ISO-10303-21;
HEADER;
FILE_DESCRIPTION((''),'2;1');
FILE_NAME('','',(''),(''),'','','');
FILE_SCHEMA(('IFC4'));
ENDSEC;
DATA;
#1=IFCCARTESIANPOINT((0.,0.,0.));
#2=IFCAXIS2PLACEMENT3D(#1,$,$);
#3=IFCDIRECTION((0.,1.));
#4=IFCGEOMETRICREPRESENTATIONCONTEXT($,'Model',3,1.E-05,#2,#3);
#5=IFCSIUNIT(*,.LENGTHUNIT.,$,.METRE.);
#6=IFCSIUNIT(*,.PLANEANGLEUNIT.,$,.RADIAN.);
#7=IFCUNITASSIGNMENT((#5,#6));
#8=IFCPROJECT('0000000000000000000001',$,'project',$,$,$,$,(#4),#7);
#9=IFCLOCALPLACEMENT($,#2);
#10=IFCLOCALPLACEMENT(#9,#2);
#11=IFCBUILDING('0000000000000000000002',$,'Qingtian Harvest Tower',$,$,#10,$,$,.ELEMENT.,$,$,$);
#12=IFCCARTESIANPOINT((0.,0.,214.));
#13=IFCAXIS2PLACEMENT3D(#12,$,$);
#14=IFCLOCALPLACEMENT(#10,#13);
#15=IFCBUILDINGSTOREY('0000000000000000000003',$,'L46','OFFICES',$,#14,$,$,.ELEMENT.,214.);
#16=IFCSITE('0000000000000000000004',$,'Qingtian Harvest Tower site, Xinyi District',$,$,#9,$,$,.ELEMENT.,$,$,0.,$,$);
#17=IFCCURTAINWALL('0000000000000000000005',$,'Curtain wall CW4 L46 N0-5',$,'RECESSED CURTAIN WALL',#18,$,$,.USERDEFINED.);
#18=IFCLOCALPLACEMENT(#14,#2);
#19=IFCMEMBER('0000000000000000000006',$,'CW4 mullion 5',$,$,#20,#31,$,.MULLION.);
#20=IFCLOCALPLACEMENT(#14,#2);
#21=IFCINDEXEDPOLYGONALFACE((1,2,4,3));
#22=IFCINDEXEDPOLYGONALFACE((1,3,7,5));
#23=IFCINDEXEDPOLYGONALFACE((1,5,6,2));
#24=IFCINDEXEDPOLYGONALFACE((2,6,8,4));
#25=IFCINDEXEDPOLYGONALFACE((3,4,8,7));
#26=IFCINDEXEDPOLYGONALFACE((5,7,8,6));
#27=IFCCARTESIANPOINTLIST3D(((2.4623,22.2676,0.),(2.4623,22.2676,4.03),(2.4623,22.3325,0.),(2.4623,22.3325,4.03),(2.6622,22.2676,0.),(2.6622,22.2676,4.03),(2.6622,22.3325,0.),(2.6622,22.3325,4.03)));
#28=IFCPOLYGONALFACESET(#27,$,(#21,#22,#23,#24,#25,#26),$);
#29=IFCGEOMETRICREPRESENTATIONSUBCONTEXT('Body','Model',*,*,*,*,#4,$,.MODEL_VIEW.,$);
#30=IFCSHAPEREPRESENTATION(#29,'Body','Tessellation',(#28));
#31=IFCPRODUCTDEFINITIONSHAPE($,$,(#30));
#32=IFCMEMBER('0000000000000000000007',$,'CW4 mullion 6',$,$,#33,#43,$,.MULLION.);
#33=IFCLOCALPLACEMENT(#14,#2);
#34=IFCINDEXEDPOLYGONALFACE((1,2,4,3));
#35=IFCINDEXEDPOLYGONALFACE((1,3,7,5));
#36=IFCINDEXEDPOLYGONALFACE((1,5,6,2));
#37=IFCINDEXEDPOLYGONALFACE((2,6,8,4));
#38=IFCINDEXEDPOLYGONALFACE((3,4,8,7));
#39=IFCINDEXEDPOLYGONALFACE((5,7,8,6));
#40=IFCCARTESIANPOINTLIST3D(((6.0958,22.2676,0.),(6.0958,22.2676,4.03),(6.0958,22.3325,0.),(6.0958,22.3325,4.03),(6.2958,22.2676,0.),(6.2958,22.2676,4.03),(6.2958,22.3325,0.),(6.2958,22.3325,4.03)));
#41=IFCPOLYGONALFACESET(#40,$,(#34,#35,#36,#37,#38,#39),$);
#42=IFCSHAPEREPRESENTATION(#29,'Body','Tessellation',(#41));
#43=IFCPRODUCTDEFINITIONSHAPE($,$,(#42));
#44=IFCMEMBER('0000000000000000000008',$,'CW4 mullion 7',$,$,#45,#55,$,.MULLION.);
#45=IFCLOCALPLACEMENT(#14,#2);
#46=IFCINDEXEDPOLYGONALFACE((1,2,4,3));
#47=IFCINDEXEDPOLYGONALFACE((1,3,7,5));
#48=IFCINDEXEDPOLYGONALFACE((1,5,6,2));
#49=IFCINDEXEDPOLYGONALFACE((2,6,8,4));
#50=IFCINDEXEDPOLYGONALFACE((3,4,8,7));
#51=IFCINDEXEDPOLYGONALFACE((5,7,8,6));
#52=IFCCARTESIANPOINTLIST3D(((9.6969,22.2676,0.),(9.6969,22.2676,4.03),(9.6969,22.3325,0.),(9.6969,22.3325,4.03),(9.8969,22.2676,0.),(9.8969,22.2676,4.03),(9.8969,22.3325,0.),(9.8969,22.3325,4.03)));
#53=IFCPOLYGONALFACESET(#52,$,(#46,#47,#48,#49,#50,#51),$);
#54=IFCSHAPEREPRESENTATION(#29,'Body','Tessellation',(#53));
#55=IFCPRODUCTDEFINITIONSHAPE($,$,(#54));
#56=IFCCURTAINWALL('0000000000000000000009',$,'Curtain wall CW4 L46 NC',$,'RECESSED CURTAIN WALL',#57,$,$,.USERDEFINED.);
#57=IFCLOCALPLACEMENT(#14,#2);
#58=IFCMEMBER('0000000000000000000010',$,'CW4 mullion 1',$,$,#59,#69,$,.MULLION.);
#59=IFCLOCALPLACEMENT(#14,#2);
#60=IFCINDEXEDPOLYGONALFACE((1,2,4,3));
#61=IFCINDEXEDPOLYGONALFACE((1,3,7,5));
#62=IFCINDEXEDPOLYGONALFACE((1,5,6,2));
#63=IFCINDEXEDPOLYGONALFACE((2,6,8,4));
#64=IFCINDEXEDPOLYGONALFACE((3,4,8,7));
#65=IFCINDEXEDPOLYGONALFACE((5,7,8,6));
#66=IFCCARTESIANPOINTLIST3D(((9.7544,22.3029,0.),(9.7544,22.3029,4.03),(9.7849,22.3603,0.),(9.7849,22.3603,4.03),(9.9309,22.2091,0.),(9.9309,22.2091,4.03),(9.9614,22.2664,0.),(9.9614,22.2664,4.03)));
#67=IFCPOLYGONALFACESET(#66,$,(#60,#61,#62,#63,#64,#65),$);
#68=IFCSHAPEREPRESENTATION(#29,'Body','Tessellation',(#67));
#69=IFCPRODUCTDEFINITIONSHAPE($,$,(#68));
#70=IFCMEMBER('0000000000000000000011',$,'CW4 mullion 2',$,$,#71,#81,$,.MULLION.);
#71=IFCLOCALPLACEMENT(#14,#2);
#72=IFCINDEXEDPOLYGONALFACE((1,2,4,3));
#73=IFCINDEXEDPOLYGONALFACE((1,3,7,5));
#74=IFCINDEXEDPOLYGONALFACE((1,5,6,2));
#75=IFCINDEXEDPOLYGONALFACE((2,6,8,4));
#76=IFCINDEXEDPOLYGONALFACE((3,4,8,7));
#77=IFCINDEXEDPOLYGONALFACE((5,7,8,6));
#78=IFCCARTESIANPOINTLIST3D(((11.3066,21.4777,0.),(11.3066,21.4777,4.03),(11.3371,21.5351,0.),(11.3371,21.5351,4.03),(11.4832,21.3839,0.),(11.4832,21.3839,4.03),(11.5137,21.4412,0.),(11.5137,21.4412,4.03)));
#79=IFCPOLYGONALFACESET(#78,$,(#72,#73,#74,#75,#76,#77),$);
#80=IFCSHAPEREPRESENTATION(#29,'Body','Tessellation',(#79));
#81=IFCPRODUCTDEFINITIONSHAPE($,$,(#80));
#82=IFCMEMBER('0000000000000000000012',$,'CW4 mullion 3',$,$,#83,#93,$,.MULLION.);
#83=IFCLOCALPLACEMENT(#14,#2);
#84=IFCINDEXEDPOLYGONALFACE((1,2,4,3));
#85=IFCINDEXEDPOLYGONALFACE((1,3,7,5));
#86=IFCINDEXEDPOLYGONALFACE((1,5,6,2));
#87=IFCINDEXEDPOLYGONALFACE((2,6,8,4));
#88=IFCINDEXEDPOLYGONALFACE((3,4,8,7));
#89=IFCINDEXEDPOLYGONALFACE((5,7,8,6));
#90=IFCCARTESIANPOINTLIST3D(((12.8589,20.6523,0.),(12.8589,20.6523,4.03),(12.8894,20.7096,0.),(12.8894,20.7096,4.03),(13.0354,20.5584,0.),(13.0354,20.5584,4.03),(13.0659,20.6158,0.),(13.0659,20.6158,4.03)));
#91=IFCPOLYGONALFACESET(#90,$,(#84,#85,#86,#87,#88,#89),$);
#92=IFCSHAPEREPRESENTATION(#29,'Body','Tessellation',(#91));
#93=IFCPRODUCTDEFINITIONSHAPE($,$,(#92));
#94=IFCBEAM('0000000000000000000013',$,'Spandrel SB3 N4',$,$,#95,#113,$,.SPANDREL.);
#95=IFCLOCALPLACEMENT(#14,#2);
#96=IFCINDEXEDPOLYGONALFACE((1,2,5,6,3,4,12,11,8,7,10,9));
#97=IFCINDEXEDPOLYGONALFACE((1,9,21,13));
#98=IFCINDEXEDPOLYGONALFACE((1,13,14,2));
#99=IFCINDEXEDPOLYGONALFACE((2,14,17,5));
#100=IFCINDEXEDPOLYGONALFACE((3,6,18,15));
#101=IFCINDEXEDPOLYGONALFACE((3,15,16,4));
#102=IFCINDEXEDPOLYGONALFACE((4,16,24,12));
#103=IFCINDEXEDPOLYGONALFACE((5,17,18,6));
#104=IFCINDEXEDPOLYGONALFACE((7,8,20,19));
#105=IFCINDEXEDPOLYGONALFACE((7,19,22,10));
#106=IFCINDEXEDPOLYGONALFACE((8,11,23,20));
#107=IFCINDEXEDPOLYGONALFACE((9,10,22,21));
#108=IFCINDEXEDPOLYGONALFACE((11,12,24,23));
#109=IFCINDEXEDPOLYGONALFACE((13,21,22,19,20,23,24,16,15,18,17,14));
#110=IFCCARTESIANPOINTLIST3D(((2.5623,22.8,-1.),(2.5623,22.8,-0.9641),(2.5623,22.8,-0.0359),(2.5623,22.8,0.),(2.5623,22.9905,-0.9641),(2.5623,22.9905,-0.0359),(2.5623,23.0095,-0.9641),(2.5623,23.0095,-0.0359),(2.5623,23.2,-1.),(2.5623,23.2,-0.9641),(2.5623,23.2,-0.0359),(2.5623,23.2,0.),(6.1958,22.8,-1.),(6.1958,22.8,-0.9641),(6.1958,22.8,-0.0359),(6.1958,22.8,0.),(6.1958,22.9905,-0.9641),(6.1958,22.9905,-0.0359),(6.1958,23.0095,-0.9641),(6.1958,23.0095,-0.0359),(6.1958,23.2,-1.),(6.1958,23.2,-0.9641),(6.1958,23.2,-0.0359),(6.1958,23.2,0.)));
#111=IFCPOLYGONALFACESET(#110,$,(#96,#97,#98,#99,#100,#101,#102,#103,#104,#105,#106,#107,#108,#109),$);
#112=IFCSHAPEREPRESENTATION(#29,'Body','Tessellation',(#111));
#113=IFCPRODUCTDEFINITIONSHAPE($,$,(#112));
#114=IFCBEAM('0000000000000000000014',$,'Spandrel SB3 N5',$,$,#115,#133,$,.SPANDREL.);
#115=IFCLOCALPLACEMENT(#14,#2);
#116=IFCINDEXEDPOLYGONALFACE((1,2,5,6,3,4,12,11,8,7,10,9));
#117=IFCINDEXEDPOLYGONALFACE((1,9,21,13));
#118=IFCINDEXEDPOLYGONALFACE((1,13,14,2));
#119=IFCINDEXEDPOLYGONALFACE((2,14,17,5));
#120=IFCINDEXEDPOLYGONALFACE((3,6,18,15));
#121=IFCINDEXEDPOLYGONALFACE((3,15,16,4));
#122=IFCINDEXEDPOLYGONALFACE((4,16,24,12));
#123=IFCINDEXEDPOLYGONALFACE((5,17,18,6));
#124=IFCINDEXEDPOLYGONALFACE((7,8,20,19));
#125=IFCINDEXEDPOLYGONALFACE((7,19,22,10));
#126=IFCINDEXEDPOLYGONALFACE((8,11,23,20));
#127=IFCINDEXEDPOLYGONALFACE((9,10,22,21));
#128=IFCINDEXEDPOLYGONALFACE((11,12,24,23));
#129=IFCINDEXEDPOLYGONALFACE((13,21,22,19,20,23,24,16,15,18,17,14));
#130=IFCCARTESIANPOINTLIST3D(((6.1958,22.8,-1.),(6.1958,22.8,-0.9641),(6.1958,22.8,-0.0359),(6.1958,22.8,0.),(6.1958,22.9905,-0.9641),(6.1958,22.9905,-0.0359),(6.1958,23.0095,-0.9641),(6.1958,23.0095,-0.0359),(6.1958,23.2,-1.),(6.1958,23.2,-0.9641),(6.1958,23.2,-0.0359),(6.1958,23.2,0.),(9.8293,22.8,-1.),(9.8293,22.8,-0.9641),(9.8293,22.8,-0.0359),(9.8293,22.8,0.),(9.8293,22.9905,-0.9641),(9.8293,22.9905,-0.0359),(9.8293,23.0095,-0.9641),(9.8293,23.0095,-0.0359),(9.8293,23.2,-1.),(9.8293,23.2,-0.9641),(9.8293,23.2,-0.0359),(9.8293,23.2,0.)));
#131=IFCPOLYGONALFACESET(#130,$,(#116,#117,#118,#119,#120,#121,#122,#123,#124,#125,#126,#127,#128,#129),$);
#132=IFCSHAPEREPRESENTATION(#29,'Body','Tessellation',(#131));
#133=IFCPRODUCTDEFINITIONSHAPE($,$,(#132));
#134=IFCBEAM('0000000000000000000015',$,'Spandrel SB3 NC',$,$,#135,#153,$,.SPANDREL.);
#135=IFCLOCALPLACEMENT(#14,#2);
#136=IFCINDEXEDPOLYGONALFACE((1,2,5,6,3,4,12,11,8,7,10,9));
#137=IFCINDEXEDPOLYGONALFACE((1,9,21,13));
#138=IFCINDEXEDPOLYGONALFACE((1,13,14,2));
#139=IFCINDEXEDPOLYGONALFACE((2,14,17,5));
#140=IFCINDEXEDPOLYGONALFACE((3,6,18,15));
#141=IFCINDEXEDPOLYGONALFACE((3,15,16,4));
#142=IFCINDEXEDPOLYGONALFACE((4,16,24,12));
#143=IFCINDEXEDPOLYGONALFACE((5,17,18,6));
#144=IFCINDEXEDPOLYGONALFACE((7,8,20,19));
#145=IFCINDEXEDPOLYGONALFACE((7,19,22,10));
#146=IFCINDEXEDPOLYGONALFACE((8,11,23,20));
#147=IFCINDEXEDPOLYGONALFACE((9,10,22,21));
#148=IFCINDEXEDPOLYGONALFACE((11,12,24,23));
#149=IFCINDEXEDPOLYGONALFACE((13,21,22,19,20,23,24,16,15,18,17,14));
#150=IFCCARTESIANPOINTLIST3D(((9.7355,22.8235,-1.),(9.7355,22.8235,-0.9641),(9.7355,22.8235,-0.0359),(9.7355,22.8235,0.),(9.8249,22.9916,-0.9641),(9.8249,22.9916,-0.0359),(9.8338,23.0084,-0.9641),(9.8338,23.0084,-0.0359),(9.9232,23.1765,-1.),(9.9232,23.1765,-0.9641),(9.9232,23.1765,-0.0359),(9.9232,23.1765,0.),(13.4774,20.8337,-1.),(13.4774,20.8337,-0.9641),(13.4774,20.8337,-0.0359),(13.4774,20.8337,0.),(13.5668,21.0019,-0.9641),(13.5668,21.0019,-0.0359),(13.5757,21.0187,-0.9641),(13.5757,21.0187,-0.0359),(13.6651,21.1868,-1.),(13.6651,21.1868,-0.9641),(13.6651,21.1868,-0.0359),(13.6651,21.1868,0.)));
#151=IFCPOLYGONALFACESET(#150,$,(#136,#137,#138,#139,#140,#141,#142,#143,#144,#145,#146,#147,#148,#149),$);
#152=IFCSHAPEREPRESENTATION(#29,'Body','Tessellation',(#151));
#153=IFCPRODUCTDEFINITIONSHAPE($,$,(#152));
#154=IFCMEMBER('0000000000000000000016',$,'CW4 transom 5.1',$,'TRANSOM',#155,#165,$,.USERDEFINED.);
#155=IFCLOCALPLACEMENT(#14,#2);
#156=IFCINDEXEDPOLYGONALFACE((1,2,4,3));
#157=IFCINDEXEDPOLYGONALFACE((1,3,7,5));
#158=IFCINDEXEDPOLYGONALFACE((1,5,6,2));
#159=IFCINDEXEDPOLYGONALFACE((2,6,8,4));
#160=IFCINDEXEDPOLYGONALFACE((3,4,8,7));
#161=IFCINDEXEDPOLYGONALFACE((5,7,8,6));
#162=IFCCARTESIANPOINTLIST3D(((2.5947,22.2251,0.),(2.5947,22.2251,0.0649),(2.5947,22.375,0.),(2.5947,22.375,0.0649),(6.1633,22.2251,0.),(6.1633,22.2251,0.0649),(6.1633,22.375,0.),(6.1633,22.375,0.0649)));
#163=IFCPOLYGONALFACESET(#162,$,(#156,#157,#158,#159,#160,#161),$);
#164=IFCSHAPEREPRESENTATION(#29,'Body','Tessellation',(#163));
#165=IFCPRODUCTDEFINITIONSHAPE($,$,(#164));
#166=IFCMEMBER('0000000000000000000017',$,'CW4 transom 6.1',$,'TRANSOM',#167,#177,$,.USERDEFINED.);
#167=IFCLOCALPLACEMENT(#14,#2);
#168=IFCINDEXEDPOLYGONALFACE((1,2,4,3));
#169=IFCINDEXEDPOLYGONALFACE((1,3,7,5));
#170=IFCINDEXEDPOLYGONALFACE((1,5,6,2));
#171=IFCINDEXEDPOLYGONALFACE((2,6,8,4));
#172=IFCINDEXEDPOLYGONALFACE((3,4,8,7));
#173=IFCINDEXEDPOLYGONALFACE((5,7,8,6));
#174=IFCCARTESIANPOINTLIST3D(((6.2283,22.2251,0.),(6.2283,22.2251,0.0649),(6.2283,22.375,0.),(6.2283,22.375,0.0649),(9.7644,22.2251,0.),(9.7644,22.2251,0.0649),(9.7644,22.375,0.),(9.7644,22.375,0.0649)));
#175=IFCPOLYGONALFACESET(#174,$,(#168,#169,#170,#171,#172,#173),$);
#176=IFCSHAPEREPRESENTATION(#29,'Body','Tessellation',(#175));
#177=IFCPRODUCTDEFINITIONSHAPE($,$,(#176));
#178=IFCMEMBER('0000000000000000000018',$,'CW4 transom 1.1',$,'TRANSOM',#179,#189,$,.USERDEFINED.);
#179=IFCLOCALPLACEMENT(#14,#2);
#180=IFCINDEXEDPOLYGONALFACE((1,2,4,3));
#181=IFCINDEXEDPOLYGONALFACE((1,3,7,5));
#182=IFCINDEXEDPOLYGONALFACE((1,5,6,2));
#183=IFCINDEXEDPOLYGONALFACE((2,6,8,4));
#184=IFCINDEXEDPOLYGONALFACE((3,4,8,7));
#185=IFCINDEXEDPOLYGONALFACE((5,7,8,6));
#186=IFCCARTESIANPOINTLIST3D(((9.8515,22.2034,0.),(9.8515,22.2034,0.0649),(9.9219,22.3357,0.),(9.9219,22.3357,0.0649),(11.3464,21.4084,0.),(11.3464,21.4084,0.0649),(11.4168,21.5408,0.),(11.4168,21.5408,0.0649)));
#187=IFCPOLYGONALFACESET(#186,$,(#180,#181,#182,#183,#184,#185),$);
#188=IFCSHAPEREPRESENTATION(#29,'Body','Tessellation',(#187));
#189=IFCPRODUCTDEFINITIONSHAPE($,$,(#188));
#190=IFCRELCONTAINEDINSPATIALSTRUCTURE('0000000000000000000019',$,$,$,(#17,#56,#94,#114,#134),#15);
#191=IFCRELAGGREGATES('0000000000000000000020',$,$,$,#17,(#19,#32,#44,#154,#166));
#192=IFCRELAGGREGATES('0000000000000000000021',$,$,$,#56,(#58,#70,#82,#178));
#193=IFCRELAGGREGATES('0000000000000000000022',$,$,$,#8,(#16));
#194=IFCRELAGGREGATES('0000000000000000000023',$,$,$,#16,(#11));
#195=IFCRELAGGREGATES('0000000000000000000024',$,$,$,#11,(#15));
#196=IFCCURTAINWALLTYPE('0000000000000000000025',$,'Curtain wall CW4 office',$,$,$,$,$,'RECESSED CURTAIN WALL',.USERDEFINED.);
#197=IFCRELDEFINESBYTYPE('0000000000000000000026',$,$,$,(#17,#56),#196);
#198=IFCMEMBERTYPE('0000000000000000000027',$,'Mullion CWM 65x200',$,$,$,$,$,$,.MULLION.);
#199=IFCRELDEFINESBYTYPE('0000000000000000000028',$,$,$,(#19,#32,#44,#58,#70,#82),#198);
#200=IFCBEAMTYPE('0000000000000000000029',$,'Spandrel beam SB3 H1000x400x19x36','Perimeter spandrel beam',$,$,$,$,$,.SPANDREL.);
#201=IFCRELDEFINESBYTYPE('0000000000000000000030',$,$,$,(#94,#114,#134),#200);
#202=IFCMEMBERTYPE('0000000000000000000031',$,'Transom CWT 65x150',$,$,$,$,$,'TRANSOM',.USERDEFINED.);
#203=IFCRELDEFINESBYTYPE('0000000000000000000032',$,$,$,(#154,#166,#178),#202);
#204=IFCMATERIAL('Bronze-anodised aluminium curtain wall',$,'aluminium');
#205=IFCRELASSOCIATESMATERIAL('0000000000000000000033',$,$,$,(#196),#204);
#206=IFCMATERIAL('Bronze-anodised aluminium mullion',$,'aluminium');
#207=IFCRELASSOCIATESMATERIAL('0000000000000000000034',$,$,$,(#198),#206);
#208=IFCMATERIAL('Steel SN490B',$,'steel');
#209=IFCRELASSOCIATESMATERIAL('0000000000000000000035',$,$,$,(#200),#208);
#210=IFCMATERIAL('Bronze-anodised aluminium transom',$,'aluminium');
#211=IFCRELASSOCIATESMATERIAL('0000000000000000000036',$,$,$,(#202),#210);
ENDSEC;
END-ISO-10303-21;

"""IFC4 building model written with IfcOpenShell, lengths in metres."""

from ifc_helpers import new_model, si_unit, direction, frame, origin, origin_2d, place, context, subcontext, project, spatial, rectangle, i_section, extrude, material, material_profile, profile_set, type_object, element, aggregate, save


model = new_model("IFC4")

# Units and contexts
model_context = context("Model", 3, precision=1e-05, world=origin(), true_north=direction((0.0, 1.0)))
body_context = subcontext(model_context, "Body", "Model", "MODEL_VIEW")
ifc_project = project(units=[si_unit("LENGTHUNIT", "METRE"), si_unit("PLANEANGLEUNIT", "RADIAN")], contexts=[model_context])

# Site, building, storey
site_placement = place(None, origin())
site = spatial("IfcSite", under=ifc_project, at=site_placement, Name="Qingtian Harvest Tower site, Xinyi District", CompositionType="ELEMENT", RefElevation=0.0)
building_placement = place(site_placement, origin())
building = spatial("IfcBuilding", under=site, at=building_placement, Name="Qingtian Harvest Tower", CompositionType="ELEMENT")
storey_placement = place(building_placement, frame((0.0, 0.0, 214.0)))
storey = spatial("IfcBuildingStorey", under=building, at=storey_placement, Name="L46", Description="OFFICES", CompositionType="ELEMENT", Elevation=214.0)

# Curtain walls, members
ifc_material_1 = material(Name="Bronze-anodised aluminium curtain wall", Category="aluminium")
curtain_wall_type = type_object("IfcCurtainWallType", Name="Curtain wall CW4 office", ElementType="RECESSED CURTAIN WALL", PredefinedType="USERDEFINED", material=ifc_material_1)
curtain_wall_1_placement = place(storey_placement, origin())
curtain_wall_1 = element("IfcCurtainWall", 1, at=curtain_wall_1_placement, inside=storey, type_object=curtain_wall_type, Name="Curtain wall CW4 L46 N0-5", ObjectType="RECESSED CURTAIN WALL", PredefinedType="USERDEFINED")
ifc_material_2 = material(Name="Bronze-anodised aluminium mullion", Category="aluminium")
ifc_material_profile_1 = material_profile(ifc_material_2, rectangle(XDim=0.0649, YDim=0.2, at=origin_2d()), Name="AL 65x200")
ifc_profile_set_1 = profile_set([ifc_material_profile_1], Name="Bronze-anodised aluminium mullion")
member_type_1 = type_object("IfcMemberType", Name="Mullion CWM 65x200", PredefinedType="MULLION", material=ifc_profile_set_1)
member_1_placement = place(storey_placement, frame((2.5623, 22.3, 0.0), z_axis=(0.0, 0.0, 1.0), x_axis=(0.0, 1.0, 0.0)))
member_1 = element("IfcMember", 2, at=member_1_placement, type_object=member_type_1, Name="CW4 mullion 5", PredefinedType="MULLION", context=body_context, shape_type="SweptSolid", body=[
    extrude(rectangle(XDim=0.0649, YDim=0.2, at=origin_2d()), origin(), (0.0, 0.0, 1.0), 4.03),
])
member_2_placement = place(storey_placement, frame((6.1958, 22.3, 0.0), z_axis=(0.0, 0.0, 1.0), x_axis=(0.0, 1.0, 0.0)))
member_2 = element("IfcMember", 3, at=member_2_placement, type_object=member_type_1, Name="CW4 mullion 6", PredefinedType="MULLION", context=body_context, shape_type="SweptSolid", body=[
    extrude(rectangle(XDim=0.0649, YDim=0.2, at=origin_2d()), origin(), (0.0, 0.0, 1.0), 4.03),
])
member_3_placement = place(storey_placement, frame((9.7969, 22.3, 0.0), z_axis=(0.0, 0.0, 1.0), x_axis=(0.0, 1.0, 0.0)))
member_3 = element("IfcMember", 4, at=member_3_placement, type_object=member_type_1, Name="CW4 mullion 7", PredefinedType="MULLION", context=body_context, shape_type="SweptSolid", body=[
    extrude(rectangle(XDim=0.0649, YDim=0.2, at=origin_2d()), origin(), (0.0, 0.0, 1.0), 4.03),
])
curtain_wall_2_placement = place(storey_placement, origin())
curtain_wall_2 = element("IfcCurtainWall", 5, at=curtain_wall_2_placement, inside=storey, type_object=curtain_wall_type, Name="Curtain wall CW4 L46 NC", ObjectType="RECESSED CURTAIN WALL", PredefinedType="USERDEFINED")
member_4_placement = place(storey_placement, frame((9.8579, 22.2847, 0.0), z_axis=(0.0, 0.0, 1.0), x_axis=(0.469472, 0.882948, 0.0)))
member_4 = element("IfcMember", 6, at=member_4_placement, type_object=member_type_1, Name="CW4 mullion 1", PredefinedType="MULLION", context=body_context, shape_type="SweptSolid", body=[
    extrude(rectangle(XDim=0.0649, YDim=0.2, at=origin_2d()), origin(), (0.0, 0.0, 1.0), 4.03),
])
member_5_placement = place(storey_placement, frame((11.4102, 21.4595, 0.0), z_axis=(0.0, 0.0, 1.0), x_axis=(0.469472, 0.882948, 0.0)))
member_5 = element("IfcMember", 7, at=member_5_placement, type_object=member_type_1, Name="CW4 mullion 2", PredefinedType="MULLION", context=body_context, shape_type="SweptSolid", body=[
    extrude(rectangle(XDim=0.0649, YDim=0.2, at=origin_2d()), origin(), (0.0, 0.0, 1.0), 4.03),
])
member_6_placement = place(storey_placement, frame((12.9624, 20.634, 0.0), z_axis=(0.0, 0.0, 1.0), x_axis=(0.469472, 0.882948, 0.0)))
member_6 = element("IfcMember", 8, at=member_6_placement, type_object=member_type_1, Name="CW4 mullion 3", PredefinedType="MULLION", context=body_context, shape_type="SweptSolid", body=[
    extrude(rectangle(XDim=0.0649, YDim=0.2, at=origin_2d()), origin(), (0.0, 0.0, 1.0), 4.03),
])

# Beams
ifc_material_3 = material(Name="Steel SN490B", Category="steel")
ifc_material_profile_2 = material_profile(ifc_material_3, i_section(OverallWidth=0.3999, OverallDepth=1.0, WebThickness=0.019, FlangeThickness=0.0359, at=origin_2d()), Name="H1000x400x19x36")
ifc_profile_set_2 = profile_set([ifc_material_profile_2], Name="Steel SN490B")
beam_type_1 = type_object("IfcBeamType", Name="Spandrel beam SB3 H1000x400x19x36", Description="Perimeter spandrel beam", PredefinedType="SPANDREL", material=ifc_profile_set_2)
for number, where, z_axis, x_axis, name in (
    (9, (2.5623, 23.0, -0.5), (1.0, 0.0, 0.0), (0.0, 1.0, 0.0), "Spandrel SB3 N4"),
    (10, (6.1958, 23.0, -0.5), (1.0, 0.0, 0.0), (0.0, 1.0, 0.0), "Spandrel SB3 N5"),
):
    element("IfcBeam", number, at=place(storey_placement, frame(where, z_axis=z_axis, x_axis=x_axis)), inside=storey, type_object=beam_type_1, Name=name, PredefinedType="SPANDREL", context=body_context, shape_type="SweptSolid", body=[
        extrude(i_section(OverallWidth=0.3999, OverallDepth=1.0, WebThickness=0.019, FlangeThickness=0.0359, at=origin_2d()), origin(), (0.0, 0.0, 1.0), 3.6335),
    ])
beam_1_placement = place(storey_placement, frame((9.8293, 23.0, -0.5), z_axis=(0.882936, -0.469494, 0.0), x_axis=(0.469494, 0.882936, 0.0)))
element("IfcBeam", 11, at=beam_1_placement, inside=storey, type_object=beam_type_1, Name="Spandrel SB3 NC", PredefinedType="SPANDREL", context=body_context, shape_type="SweptSolid", body=[
    extrude(i_section(OverallWidth=0.3999, OverallDepth=1.0, WebThickness=0.019, FlangeThickness=0.0359, at=origin_2d()), origin(), (0.0, 0.0, 1.0), 4.238),
])

# Members
ifc_material_4 = material(Name="Bronze-anodised aluminium transom", Category="aluminium")
ifc_material_profile_3 = material_profile(ifc_material_4, rectangle(XDim=0.1499, YDim=0.0649, at=origin_2d()), Name="AL 65x150")
ifc_profile_set_3 = profile_set([ifc_material_profile_3], Name="Bronze-anodised aluminium transom")
member_type_2 = type_object("IfcMemberType", Name="Transom CWT 65x150", ElementType="TRANSOM", PredefinedType="USERDEFINED", material=ifc_profile_set_3)
member_7_placement = place(storey_placement, frame((2.5947, 22.3, 0.0325), z_axis=(1.0, 0.0, 0.0), x_axis=(0.0, 1.0, 0.0)))
member_7 = element("IfcMember", 12, at=member_7_placement, type_object=member_type_2, Name="CW4 transom 5.1", ObjectType="TRANSOM", PredefinedType="USERDEFINED", context=body_context, shape_type="SweptSolid", body=[
    extrude(rectangle(XDim=0.1499, YDim=0.0649, at=origin_2d()), origin(), (0.0, 0.0, 1.0), 3.5686),
])
member_8_placement = place(storey_placement, frame((6.2283, 22.3, 0.0325), z_axis=(1.0, 0.0, 0.0), x_axis=(0.0, 1.0, 0.0)))
member_8 = element("IfcMember", 13, at=member_8_placement, type_object=member_type_2, Name="CW4 transom 6.1", ObjectType="TRANSOM", PredefinedType="USERDEFINED", context=body_context, shape_type="SweptSolid", body=[
    extrude(rectangle(XDim=0.1499, YDim=0.0649, at=origin_2d()), origin(), (0.0, 0.0, 1.0), 3.5361),
])
member_9_placement = place(storey_placement, frame((9.8867, 22.2695, 0.0325), z_axis=(0.882927, -0.46951, 0.0), x_axis=(0.46951, 0.882927, 0.0)))
member_9 = element("IfcMember", 14, at=member_9_placement, type_object=member_type_2, Name="CW4 transom 1.1", ObjectType="TRANSOM", PredefinedType="USERDEFINED", context=body_context, shape_type="SweptSolid", body=[
    extrude(rectangle(XDim=0.1499, YDim=0.0649, at=origin_2d()), origin(), (0.0, 0.0, 1.0), 1.6931),
])

aggregate(curtain_wall_1, [member_1, member_2, member_3, member_7, member_8])
aggregate(curtain_wall_2, [member_4, member_5, member_6, member_9])

save(model, "model.ifc")
